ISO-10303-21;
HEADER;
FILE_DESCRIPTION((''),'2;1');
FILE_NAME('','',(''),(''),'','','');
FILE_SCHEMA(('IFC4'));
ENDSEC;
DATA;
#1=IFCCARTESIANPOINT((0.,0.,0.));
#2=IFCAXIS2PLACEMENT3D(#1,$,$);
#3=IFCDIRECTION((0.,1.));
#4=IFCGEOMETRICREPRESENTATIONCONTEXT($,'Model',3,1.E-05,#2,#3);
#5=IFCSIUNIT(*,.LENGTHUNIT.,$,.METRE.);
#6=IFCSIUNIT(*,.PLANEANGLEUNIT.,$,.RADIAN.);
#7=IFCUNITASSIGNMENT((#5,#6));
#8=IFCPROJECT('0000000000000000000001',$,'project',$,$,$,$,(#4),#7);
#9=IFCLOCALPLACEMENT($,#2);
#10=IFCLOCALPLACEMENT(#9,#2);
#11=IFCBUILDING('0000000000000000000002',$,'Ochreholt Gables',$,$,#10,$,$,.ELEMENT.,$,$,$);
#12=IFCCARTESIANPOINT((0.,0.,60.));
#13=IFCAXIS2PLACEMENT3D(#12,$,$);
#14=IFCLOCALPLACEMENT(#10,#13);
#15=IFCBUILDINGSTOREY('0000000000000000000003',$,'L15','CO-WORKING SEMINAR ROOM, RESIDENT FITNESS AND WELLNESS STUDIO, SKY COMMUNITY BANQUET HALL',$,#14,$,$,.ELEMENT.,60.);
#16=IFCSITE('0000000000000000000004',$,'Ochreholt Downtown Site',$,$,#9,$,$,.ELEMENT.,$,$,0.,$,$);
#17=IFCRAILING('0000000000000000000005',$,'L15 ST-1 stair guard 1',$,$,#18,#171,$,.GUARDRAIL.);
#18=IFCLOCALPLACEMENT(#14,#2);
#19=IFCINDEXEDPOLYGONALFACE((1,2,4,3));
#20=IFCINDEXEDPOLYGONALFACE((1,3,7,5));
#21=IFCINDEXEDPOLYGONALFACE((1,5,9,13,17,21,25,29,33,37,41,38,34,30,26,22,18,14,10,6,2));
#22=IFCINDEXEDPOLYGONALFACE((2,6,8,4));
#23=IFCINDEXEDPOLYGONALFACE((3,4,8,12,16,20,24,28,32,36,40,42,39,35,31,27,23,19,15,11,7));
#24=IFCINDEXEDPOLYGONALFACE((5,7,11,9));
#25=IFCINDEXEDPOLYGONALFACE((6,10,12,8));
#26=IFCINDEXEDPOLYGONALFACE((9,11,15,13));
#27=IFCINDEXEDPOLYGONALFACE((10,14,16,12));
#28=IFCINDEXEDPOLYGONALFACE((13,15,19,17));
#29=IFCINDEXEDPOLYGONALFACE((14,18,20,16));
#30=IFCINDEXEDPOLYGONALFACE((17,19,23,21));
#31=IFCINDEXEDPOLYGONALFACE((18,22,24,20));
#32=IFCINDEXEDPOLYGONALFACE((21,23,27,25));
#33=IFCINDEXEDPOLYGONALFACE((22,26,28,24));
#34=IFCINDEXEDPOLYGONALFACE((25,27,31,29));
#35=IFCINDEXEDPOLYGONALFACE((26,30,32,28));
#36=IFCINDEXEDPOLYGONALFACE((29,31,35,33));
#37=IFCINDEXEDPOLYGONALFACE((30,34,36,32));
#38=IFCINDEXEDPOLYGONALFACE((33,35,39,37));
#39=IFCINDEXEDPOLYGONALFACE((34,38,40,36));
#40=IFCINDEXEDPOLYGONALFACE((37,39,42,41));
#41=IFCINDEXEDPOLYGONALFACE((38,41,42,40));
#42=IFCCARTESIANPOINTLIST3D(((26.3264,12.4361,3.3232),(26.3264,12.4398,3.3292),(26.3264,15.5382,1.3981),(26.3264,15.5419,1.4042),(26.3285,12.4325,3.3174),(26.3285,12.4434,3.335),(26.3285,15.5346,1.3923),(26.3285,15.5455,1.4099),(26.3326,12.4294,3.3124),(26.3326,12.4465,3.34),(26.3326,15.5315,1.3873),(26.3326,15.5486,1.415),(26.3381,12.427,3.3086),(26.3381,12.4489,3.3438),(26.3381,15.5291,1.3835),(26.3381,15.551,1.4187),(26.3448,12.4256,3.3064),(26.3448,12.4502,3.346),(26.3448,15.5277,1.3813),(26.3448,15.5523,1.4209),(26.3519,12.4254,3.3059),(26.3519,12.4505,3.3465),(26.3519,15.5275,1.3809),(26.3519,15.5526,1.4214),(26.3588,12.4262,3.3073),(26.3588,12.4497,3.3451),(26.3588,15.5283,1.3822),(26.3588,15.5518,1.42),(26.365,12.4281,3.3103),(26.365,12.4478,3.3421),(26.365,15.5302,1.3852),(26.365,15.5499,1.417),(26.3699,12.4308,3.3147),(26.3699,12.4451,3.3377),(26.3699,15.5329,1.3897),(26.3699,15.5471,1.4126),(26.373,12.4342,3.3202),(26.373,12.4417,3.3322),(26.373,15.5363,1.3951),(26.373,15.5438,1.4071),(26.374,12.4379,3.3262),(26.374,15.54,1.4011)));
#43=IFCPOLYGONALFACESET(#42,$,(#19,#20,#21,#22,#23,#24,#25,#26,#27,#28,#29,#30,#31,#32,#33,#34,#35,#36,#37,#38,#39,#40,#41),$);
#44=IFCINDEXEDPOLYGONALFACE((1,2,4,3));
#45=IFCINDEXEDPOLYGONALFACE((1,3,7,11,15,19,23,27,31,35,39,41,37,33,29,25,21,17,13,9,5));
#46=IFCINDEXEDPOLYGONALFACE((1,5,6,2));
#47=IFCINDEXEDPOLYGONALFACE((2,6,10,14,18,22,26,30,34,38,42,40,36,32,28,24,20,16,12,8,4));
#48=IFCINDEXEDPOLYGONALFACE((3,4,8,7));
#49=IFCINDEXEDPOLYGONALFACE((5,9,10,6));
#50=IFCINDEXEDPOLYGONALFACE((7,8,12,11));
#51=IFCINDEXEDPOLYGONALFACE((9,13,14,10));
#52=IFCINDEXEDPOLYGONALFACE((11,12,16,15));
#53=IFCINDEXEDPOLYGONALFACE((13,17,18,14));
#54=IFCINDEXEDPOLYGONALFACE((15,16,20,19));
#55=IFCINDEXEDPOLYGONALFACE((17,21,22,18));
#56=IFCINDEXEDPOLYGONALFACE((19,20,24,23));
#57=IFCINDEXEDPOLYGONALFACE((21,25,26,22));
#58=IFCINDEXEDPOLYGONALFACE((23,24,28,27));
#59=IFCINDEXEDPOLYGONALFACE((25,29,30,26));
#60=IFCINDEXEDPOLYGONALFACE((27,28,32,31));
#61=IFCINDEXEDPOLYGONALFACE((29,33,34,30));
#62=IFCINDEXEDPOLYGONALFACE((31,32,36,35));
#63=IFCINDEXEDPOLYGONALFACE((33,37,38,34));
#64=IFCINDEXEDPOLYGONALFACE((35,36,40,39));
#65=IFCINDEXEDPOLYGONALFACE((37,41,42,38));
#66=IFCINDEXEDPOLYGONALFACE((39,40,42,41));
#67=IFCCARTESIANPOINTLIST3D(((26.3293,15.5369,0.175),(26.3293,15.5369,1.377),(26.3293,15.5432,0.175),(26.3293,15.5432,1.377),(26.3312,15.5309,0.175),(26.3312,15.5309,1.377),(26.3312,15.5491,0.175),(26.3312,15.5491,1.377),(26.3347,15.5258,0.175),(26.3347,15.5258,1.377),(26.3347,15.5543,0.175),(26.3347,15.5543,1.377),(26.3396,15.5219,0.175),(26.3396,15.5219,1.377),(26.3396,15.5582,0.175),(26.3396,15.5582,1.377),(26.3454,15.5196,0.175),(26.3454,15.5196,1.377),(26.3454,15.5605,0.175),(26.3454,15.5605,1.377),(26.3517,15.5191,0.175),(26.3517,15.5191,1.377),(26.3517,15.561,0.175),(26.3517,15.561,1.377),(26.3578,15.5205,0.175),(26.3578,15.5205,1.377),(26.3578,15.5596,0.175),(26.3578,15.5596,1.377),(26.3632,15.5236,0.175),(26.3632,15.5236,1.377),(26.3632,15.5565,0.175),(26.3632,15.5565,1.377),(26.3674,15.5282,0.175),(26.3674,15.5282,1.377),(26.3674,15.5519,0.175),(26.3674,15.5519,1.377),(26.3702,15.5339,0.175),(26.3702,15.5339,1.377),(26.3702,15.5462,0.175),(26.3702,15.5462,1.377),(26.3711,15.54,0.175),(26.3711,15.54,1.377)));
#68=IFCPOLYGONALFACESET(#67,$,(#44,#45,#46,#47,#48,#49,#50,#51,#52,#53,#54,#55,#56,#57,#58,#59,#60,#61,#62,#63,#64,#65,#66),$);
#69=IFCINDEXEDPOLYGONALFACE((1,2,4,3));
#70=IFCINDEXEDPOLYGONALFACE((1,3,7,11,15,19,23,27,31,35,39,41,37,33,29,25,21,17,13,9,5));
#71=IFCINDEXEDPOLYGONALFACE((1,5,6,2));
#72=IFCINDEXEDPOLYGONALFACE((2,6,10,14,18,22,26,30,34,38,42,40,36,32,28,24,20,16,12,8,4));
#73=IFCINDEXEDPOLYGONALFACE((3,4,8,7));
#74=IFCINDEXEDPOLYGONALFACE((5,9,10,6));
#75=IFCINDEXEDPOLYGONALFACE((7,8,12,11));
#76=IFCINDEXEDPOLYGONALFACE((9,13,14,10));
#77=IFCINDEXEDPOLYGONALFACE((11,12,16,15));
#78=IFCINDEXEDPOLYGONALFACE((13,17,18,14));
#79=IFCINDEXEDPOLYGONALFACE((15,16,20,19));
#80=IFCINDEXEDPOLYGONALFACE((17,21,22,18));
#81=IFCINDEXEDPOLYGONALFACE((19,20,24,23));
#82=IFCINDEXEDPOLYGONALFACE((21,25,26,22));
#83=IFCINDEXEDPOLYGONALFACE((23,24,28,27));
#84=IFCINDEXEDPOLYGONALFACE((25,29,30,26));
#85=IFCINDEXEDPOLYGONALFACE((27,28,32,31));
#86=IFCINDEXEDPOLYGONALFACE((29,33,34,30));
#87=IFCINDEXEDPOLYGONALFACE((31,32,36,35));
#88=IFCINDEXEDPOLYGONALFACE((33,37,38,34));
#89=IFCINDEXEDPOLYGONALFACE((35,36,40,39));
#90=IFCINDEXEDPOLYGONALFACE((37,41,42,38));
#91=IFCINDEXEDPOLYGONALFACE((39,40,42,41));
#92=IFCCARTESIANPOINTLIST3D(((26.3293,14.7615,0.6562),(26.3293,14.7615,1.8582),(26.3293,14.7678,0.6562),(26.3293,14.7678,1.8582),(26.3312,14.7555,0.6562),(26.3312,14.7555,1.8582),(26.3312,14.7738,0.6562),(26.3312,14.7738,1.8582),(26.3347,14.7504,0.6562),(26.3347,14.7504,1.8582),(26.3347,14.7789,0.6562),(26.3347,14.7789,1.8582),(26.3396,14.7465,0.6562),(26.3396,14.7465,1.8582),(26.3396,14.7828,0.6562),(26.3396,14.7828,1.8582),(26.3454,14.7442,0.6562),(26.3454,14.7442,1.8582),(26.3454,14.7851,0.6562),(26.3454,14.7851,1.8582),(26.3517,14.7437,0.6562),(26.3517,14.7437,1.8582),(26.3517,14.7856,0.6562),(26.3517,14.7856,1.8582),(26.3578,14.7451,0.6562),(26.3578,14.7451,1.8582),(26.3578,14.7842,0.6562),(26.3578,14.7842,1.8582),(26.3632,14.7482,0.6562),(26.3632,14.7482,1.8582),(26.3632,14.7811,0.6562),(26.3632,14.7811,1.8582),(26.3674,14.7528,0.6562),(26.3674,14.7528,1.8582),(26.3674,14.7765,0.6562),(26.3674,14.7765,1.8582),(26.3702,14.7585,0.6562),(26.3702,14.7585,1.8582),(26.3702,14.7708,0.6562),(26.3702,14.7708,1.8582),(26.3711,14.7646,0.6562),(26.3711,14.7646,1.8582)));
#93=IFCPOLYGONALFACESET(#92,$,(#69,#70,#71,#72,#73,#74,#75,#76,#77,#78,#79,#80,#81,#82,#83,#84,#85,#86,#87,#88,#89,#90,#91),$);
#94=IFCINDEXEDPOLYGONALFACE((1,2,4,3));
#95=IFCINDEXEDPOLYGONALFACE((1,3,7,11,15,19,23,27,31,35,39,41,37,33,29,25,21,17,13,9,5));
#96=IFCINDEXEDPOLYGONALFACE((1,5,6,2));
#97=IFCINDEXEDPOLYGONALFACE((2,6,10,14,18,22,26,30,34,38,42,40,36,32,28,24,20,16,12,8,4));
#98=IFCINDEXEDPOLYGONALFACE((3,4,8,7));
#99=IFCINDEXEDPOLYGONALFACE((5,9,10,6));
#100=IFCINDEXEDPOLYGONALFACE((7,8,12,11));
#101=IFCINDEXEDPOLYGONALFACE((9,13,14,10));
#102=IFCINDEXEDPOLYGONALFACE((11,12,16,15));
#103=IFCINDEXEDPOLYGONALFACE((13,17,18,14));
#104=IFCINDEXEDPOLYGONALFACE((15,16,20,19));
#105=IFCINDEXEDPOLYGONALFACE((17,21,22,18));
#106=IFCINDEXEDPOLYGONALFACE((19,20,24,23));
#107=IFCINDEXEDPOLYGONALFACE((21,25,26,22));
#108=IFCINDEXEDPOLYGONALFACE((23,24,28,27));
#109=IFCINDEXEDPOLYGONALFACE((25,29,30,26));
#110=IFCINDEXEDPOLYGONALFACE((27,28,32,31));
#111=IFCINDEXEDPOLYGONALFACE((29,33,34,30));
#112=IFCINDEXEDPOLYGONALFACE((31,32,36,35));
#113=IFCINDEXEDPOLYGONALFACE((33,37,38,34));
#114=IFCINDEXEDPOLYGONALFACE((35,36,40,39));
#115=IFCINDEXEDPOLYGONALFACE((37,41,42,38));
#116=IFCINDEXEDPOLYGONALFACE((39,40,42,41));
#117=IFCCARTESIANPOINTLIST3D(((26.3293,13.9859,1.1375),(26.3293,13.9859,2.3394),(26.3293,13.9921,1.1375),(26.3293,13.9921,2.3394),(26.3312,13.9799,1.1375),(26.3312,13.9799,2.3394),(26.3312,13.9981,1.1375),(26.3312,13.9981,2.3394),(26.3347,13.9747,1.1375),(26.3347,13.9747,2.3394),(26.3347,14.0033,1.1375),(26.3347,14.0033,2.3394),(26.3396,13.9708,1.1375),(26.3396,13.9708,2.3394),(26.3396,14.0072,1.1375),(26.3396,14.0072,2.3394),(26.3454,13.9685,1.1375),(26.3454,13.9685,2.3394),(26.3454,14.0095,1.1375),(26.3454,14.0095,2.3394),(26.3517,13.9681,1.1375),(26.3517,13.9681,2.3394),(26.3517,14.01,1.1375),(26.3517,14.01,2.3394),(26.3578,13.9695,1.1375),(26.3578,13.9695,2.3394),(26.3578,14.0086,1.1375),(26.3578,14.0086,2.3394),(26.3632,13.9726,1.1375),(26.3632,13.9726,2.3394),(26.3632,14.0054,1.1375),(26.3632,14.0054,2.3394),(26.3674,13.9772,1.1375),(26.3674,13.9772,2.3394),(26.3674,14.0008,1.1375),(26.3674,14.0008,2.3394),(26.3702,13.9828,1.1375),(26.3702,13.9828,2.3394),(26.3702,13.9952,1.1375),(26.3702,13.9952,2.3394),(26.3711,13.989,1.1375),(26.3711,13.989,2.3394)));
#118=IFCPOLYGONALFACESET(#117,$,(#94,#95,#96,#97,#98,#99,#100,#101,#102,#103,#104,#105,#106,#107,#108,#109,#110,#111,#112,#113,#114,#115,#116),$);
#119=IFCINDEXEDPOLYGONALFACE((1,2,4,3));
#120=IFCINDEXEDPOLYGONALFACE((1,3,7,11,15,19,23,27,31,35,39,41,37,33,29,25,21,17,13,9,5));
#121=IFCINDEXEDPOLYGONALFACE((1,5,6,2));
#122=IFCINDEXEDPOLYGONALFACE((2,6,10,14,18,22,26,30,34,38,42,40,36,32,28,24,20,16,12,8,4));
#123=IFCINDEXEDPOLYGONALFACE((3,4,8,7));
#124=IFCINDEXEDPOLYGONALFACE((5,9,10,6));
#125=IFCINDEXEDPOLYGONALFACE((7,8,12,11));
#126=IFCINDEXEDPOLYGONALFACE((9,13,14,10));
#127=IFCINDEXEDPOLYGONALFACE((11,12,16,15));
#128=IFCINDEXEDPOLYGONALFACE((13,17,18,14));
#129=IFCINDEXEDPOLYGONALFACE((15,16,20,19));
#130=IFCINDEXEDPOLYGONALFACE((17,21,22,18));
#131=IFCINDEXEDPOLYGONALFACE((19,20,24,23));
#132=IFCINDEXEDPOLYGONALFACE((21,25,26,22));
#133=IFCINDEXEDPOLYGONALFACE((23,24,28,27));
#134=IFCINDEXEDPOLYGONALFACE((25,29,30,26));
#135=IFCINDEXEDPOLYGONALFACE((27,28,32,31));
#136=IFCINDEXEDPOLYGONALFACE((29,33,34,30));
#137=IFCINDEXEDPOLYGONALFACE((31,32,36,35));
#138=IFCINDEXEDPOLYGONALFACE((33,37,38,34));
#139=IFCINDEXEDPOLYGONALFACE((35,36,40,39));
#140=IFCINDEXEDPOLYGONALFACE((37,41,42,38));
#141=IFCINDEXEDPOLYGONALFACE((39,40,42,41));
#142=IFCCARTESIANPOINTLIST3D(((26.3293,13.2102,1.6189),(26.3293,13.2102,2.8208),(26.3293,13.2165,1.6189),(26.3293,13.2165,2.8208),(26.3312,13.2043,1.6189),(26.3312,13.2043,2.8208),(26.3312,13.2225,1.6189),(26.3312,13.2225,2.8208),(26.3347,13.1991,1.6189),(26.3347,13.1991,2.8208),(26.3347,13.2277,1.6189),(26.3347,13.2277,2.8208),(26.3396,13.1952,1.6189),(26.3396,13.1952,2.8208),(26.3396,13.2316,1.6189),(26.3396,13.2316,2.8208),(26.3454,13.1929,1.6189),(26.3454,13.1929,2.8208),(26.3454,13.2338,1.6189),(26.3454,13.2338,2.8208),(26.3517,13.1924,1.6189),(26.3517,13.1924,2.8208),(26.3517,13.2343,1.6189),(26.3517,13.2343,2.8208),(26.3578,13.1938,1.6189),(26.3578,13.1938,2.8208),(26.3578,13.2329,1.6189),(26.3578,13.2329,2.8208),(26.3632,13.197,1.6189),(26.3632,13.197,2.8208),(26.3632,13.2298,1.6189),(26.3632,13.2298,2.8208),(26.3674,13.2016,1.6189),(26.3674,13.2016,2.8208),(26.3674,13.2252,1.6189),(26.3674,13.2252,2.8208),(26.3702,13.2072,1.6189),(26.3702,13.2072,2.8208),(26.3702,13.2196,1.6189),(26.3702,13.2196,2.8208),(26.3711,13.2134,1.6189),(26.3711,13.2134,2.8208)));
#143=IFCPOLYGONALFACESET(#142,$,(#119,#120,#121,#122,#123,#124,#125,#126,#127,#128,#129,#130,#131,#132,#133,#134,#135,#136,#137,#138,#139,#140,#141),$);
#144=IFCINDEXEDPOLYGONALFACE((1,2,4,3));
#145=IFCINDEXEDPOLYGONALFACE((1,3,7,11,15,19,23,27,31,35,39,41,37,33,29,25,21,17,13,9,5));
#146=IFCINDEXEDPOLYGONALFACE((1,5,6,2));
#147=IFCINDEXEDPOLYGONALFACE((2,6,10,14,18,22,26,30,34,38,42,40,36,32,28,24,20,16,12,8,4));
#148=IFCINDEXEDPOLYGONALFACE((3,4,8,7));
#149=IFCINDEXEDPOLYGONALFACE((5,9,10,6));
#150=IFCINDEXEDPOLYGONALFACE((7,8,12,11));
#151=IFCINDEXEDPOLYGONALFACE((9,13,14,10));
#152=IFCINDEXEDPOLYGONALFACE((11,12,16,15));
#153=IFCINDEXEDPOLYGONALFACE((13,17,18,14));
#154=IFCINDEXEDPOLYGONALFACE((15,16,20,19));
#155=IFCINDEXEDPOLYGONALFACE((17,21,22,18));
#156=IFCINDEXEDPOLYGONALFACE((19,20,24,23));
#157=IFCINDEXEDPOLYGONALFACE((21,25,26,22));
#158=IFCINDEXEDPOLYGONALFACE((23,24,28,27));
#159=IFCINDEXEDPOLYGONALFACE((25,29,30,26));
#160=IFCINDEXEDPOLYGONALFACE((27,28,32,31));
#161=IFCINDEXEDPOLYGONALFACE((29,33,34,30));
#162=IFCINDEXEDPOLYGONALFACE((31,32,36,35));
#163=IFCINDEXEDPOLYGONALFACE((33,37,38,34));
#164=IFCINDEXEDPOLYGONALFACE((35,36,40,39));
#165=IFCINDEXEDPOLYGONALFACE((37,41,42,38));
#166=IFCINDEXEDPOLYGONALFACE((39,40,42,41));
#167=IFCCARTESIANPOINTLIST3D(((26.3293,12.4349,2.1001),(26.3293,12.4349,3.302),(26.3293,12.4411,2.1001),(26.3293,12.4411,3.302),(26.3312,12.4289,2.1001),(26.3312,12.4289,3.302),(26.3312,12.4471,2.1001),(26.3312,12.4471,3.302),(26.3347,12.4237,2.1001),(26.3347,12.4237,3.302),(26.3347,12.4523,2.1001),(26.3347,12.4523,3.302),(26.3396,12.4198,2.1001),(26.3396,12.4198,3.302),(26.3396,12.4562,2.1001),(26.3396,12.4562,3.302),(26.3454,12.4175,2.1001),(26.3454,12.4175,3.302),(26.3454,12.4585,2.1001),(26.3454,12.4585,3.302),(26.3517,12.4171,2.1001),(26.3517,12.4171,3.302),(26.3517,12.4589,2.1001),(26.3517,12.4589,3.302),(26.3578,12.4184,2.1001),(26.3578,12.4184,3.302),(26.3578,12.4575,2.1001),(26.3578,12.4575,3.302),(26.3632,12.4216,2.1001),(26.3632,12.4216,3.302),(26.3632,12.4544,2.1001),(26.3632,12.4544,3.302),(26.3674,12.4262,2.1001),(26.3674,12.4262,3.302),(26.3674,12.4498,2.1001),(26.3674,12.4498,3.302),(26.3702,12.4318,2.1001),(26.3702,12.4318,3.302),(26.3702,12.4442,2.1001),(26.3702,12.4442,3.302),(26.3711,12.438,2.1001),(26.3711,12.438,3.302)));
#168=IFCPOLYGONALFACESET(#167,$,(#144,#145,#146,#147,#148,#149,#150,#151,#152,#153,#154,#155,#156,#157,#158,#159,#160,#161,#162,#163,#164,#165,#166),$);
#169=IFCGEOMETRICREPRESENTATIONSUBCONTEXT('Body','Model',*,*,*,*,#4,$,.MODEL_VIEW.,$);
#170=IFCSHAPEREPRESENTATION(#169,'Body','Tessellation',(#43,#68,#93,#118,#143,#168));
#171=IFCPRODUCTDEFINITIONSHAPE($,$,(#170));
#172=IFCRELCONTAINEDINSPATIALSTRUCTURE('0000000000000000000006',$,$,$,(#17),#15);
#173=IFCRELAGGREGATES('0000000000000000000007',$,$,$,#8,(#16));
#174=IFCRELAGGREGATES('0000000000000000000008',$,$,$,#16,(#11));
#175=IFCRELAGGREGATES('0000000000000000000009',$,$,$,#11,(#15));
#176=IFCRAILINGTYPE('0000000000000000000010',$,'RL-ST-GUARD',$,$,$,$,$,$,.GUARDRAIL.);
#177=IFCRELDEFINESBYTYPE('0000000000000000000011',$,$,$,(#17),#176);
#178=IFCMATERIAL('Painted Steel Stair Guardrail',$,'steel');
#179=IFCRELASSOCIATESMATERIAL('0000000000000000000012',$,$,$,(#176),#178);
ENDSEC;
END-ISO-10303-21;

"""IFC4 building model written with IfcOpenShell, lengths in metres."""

from ifc_helpers import new_model, si_unit, direction, frame, origin, origin_2d, place, context, subcontext, project, spatial, circle, extrude, material, type_object, element, save


model = new_model("IFC4")

# Units and contexts
model_context = context("Model", 3, precision=1e-05, world=origin(), true_north=direction((0.0, 1.0)))
body_context = subcontext(model_context, "Body", "Model", "MODEL_VIEW")
ifc_project = project(units=[si_unit("LENGTHUNIT", "METRE"), si_unit("PLANEANGLEUNIT", "RADIAN")], contexts=[model_context])

# Site, building, storey
site_placement = place(None, origin())
site = spatial("IfcSite", under=ifc_project, at=site_placement, Name="Ochreholt Downtown Site", CompositionType="ELEMENT", RefElevation=0.0)
building_placement = place(site_placement, origin())
building = spatial("IfcBuilding", under=site, at=building_placement, Name="Ochreholt Gables", CompositionType="ELEMENT")
storey_placement = place(building_placement, frame((0.0, 0.0, 60.0)))
storey = spatial("IfcBuildingStorey", under=building, at=storey_placement, Name="L15", Description="CO-WORKING SEMINAR ROOM, RESIDENT FITNESS AND WELLNESS STUDIO, SKY COMMUNITY BANQUET HALL", CompositionType="ELEMENT", Elevation=60.0)

# Railing
ifc_material_1 = material(Name="Painted Steel Stair Guardrail", Category="steel")
railing_type_1 = type_object("IfcRailingType", Name="RL-ST-GUARD", PredefinedType="GUARDRAIL", material=ifc_material_1)
railing_1_placement = place(storey_placement, frame((26.3501, 15.54, 0.175)))
element("IfcRailing", 1, at=railing_1_placement, inside=storey, type_object=railing_type_1, Name="L15 ST-1 stair guard 1", PredefinedType="GUARDRAIL", context=body_context, shape_type="SweptSolid", body=[
    extrude(circle(Radius=0.0239, at=origin_2d()), frame((0.0, 0.0, 1.2261), z_axis=(0.0, -0.849685, 0.527291), x_axis=(1.0, 0.0, 0.0)), (0.0, 0.0, 1.0), 3.6509),
    extrude(circle(Radius=0.021, at=origin_2d()), origin(), (0.0, 0.0, 1.0), 1.2019),
    extrude(circle(Radius=0.021, at=origin_2d()), frame((0.0, -0.7754, 0.4812)), (0.0, 0.0, 1.0), 1.2019),
    extrude(circle(Radius=0.021, at=origin_2d()), frame((0.0, -1.551, 0.9624)), (0.0, 0.0, 1.0), 1.2019),
    extrude(circle(Radius=0.021, at=origin_2d()), frame((0.0, -2.3267, 1.4438)), (0.0, 0.0, 1.0), 1.2019),
    extrude(circle(Radius=0.021, at=origin_2d()), frame((0.0, -3.1021, 1.925)), (0.0, 0.0, 1.0), 1.2019),
])

save(model, "model.ifc")
